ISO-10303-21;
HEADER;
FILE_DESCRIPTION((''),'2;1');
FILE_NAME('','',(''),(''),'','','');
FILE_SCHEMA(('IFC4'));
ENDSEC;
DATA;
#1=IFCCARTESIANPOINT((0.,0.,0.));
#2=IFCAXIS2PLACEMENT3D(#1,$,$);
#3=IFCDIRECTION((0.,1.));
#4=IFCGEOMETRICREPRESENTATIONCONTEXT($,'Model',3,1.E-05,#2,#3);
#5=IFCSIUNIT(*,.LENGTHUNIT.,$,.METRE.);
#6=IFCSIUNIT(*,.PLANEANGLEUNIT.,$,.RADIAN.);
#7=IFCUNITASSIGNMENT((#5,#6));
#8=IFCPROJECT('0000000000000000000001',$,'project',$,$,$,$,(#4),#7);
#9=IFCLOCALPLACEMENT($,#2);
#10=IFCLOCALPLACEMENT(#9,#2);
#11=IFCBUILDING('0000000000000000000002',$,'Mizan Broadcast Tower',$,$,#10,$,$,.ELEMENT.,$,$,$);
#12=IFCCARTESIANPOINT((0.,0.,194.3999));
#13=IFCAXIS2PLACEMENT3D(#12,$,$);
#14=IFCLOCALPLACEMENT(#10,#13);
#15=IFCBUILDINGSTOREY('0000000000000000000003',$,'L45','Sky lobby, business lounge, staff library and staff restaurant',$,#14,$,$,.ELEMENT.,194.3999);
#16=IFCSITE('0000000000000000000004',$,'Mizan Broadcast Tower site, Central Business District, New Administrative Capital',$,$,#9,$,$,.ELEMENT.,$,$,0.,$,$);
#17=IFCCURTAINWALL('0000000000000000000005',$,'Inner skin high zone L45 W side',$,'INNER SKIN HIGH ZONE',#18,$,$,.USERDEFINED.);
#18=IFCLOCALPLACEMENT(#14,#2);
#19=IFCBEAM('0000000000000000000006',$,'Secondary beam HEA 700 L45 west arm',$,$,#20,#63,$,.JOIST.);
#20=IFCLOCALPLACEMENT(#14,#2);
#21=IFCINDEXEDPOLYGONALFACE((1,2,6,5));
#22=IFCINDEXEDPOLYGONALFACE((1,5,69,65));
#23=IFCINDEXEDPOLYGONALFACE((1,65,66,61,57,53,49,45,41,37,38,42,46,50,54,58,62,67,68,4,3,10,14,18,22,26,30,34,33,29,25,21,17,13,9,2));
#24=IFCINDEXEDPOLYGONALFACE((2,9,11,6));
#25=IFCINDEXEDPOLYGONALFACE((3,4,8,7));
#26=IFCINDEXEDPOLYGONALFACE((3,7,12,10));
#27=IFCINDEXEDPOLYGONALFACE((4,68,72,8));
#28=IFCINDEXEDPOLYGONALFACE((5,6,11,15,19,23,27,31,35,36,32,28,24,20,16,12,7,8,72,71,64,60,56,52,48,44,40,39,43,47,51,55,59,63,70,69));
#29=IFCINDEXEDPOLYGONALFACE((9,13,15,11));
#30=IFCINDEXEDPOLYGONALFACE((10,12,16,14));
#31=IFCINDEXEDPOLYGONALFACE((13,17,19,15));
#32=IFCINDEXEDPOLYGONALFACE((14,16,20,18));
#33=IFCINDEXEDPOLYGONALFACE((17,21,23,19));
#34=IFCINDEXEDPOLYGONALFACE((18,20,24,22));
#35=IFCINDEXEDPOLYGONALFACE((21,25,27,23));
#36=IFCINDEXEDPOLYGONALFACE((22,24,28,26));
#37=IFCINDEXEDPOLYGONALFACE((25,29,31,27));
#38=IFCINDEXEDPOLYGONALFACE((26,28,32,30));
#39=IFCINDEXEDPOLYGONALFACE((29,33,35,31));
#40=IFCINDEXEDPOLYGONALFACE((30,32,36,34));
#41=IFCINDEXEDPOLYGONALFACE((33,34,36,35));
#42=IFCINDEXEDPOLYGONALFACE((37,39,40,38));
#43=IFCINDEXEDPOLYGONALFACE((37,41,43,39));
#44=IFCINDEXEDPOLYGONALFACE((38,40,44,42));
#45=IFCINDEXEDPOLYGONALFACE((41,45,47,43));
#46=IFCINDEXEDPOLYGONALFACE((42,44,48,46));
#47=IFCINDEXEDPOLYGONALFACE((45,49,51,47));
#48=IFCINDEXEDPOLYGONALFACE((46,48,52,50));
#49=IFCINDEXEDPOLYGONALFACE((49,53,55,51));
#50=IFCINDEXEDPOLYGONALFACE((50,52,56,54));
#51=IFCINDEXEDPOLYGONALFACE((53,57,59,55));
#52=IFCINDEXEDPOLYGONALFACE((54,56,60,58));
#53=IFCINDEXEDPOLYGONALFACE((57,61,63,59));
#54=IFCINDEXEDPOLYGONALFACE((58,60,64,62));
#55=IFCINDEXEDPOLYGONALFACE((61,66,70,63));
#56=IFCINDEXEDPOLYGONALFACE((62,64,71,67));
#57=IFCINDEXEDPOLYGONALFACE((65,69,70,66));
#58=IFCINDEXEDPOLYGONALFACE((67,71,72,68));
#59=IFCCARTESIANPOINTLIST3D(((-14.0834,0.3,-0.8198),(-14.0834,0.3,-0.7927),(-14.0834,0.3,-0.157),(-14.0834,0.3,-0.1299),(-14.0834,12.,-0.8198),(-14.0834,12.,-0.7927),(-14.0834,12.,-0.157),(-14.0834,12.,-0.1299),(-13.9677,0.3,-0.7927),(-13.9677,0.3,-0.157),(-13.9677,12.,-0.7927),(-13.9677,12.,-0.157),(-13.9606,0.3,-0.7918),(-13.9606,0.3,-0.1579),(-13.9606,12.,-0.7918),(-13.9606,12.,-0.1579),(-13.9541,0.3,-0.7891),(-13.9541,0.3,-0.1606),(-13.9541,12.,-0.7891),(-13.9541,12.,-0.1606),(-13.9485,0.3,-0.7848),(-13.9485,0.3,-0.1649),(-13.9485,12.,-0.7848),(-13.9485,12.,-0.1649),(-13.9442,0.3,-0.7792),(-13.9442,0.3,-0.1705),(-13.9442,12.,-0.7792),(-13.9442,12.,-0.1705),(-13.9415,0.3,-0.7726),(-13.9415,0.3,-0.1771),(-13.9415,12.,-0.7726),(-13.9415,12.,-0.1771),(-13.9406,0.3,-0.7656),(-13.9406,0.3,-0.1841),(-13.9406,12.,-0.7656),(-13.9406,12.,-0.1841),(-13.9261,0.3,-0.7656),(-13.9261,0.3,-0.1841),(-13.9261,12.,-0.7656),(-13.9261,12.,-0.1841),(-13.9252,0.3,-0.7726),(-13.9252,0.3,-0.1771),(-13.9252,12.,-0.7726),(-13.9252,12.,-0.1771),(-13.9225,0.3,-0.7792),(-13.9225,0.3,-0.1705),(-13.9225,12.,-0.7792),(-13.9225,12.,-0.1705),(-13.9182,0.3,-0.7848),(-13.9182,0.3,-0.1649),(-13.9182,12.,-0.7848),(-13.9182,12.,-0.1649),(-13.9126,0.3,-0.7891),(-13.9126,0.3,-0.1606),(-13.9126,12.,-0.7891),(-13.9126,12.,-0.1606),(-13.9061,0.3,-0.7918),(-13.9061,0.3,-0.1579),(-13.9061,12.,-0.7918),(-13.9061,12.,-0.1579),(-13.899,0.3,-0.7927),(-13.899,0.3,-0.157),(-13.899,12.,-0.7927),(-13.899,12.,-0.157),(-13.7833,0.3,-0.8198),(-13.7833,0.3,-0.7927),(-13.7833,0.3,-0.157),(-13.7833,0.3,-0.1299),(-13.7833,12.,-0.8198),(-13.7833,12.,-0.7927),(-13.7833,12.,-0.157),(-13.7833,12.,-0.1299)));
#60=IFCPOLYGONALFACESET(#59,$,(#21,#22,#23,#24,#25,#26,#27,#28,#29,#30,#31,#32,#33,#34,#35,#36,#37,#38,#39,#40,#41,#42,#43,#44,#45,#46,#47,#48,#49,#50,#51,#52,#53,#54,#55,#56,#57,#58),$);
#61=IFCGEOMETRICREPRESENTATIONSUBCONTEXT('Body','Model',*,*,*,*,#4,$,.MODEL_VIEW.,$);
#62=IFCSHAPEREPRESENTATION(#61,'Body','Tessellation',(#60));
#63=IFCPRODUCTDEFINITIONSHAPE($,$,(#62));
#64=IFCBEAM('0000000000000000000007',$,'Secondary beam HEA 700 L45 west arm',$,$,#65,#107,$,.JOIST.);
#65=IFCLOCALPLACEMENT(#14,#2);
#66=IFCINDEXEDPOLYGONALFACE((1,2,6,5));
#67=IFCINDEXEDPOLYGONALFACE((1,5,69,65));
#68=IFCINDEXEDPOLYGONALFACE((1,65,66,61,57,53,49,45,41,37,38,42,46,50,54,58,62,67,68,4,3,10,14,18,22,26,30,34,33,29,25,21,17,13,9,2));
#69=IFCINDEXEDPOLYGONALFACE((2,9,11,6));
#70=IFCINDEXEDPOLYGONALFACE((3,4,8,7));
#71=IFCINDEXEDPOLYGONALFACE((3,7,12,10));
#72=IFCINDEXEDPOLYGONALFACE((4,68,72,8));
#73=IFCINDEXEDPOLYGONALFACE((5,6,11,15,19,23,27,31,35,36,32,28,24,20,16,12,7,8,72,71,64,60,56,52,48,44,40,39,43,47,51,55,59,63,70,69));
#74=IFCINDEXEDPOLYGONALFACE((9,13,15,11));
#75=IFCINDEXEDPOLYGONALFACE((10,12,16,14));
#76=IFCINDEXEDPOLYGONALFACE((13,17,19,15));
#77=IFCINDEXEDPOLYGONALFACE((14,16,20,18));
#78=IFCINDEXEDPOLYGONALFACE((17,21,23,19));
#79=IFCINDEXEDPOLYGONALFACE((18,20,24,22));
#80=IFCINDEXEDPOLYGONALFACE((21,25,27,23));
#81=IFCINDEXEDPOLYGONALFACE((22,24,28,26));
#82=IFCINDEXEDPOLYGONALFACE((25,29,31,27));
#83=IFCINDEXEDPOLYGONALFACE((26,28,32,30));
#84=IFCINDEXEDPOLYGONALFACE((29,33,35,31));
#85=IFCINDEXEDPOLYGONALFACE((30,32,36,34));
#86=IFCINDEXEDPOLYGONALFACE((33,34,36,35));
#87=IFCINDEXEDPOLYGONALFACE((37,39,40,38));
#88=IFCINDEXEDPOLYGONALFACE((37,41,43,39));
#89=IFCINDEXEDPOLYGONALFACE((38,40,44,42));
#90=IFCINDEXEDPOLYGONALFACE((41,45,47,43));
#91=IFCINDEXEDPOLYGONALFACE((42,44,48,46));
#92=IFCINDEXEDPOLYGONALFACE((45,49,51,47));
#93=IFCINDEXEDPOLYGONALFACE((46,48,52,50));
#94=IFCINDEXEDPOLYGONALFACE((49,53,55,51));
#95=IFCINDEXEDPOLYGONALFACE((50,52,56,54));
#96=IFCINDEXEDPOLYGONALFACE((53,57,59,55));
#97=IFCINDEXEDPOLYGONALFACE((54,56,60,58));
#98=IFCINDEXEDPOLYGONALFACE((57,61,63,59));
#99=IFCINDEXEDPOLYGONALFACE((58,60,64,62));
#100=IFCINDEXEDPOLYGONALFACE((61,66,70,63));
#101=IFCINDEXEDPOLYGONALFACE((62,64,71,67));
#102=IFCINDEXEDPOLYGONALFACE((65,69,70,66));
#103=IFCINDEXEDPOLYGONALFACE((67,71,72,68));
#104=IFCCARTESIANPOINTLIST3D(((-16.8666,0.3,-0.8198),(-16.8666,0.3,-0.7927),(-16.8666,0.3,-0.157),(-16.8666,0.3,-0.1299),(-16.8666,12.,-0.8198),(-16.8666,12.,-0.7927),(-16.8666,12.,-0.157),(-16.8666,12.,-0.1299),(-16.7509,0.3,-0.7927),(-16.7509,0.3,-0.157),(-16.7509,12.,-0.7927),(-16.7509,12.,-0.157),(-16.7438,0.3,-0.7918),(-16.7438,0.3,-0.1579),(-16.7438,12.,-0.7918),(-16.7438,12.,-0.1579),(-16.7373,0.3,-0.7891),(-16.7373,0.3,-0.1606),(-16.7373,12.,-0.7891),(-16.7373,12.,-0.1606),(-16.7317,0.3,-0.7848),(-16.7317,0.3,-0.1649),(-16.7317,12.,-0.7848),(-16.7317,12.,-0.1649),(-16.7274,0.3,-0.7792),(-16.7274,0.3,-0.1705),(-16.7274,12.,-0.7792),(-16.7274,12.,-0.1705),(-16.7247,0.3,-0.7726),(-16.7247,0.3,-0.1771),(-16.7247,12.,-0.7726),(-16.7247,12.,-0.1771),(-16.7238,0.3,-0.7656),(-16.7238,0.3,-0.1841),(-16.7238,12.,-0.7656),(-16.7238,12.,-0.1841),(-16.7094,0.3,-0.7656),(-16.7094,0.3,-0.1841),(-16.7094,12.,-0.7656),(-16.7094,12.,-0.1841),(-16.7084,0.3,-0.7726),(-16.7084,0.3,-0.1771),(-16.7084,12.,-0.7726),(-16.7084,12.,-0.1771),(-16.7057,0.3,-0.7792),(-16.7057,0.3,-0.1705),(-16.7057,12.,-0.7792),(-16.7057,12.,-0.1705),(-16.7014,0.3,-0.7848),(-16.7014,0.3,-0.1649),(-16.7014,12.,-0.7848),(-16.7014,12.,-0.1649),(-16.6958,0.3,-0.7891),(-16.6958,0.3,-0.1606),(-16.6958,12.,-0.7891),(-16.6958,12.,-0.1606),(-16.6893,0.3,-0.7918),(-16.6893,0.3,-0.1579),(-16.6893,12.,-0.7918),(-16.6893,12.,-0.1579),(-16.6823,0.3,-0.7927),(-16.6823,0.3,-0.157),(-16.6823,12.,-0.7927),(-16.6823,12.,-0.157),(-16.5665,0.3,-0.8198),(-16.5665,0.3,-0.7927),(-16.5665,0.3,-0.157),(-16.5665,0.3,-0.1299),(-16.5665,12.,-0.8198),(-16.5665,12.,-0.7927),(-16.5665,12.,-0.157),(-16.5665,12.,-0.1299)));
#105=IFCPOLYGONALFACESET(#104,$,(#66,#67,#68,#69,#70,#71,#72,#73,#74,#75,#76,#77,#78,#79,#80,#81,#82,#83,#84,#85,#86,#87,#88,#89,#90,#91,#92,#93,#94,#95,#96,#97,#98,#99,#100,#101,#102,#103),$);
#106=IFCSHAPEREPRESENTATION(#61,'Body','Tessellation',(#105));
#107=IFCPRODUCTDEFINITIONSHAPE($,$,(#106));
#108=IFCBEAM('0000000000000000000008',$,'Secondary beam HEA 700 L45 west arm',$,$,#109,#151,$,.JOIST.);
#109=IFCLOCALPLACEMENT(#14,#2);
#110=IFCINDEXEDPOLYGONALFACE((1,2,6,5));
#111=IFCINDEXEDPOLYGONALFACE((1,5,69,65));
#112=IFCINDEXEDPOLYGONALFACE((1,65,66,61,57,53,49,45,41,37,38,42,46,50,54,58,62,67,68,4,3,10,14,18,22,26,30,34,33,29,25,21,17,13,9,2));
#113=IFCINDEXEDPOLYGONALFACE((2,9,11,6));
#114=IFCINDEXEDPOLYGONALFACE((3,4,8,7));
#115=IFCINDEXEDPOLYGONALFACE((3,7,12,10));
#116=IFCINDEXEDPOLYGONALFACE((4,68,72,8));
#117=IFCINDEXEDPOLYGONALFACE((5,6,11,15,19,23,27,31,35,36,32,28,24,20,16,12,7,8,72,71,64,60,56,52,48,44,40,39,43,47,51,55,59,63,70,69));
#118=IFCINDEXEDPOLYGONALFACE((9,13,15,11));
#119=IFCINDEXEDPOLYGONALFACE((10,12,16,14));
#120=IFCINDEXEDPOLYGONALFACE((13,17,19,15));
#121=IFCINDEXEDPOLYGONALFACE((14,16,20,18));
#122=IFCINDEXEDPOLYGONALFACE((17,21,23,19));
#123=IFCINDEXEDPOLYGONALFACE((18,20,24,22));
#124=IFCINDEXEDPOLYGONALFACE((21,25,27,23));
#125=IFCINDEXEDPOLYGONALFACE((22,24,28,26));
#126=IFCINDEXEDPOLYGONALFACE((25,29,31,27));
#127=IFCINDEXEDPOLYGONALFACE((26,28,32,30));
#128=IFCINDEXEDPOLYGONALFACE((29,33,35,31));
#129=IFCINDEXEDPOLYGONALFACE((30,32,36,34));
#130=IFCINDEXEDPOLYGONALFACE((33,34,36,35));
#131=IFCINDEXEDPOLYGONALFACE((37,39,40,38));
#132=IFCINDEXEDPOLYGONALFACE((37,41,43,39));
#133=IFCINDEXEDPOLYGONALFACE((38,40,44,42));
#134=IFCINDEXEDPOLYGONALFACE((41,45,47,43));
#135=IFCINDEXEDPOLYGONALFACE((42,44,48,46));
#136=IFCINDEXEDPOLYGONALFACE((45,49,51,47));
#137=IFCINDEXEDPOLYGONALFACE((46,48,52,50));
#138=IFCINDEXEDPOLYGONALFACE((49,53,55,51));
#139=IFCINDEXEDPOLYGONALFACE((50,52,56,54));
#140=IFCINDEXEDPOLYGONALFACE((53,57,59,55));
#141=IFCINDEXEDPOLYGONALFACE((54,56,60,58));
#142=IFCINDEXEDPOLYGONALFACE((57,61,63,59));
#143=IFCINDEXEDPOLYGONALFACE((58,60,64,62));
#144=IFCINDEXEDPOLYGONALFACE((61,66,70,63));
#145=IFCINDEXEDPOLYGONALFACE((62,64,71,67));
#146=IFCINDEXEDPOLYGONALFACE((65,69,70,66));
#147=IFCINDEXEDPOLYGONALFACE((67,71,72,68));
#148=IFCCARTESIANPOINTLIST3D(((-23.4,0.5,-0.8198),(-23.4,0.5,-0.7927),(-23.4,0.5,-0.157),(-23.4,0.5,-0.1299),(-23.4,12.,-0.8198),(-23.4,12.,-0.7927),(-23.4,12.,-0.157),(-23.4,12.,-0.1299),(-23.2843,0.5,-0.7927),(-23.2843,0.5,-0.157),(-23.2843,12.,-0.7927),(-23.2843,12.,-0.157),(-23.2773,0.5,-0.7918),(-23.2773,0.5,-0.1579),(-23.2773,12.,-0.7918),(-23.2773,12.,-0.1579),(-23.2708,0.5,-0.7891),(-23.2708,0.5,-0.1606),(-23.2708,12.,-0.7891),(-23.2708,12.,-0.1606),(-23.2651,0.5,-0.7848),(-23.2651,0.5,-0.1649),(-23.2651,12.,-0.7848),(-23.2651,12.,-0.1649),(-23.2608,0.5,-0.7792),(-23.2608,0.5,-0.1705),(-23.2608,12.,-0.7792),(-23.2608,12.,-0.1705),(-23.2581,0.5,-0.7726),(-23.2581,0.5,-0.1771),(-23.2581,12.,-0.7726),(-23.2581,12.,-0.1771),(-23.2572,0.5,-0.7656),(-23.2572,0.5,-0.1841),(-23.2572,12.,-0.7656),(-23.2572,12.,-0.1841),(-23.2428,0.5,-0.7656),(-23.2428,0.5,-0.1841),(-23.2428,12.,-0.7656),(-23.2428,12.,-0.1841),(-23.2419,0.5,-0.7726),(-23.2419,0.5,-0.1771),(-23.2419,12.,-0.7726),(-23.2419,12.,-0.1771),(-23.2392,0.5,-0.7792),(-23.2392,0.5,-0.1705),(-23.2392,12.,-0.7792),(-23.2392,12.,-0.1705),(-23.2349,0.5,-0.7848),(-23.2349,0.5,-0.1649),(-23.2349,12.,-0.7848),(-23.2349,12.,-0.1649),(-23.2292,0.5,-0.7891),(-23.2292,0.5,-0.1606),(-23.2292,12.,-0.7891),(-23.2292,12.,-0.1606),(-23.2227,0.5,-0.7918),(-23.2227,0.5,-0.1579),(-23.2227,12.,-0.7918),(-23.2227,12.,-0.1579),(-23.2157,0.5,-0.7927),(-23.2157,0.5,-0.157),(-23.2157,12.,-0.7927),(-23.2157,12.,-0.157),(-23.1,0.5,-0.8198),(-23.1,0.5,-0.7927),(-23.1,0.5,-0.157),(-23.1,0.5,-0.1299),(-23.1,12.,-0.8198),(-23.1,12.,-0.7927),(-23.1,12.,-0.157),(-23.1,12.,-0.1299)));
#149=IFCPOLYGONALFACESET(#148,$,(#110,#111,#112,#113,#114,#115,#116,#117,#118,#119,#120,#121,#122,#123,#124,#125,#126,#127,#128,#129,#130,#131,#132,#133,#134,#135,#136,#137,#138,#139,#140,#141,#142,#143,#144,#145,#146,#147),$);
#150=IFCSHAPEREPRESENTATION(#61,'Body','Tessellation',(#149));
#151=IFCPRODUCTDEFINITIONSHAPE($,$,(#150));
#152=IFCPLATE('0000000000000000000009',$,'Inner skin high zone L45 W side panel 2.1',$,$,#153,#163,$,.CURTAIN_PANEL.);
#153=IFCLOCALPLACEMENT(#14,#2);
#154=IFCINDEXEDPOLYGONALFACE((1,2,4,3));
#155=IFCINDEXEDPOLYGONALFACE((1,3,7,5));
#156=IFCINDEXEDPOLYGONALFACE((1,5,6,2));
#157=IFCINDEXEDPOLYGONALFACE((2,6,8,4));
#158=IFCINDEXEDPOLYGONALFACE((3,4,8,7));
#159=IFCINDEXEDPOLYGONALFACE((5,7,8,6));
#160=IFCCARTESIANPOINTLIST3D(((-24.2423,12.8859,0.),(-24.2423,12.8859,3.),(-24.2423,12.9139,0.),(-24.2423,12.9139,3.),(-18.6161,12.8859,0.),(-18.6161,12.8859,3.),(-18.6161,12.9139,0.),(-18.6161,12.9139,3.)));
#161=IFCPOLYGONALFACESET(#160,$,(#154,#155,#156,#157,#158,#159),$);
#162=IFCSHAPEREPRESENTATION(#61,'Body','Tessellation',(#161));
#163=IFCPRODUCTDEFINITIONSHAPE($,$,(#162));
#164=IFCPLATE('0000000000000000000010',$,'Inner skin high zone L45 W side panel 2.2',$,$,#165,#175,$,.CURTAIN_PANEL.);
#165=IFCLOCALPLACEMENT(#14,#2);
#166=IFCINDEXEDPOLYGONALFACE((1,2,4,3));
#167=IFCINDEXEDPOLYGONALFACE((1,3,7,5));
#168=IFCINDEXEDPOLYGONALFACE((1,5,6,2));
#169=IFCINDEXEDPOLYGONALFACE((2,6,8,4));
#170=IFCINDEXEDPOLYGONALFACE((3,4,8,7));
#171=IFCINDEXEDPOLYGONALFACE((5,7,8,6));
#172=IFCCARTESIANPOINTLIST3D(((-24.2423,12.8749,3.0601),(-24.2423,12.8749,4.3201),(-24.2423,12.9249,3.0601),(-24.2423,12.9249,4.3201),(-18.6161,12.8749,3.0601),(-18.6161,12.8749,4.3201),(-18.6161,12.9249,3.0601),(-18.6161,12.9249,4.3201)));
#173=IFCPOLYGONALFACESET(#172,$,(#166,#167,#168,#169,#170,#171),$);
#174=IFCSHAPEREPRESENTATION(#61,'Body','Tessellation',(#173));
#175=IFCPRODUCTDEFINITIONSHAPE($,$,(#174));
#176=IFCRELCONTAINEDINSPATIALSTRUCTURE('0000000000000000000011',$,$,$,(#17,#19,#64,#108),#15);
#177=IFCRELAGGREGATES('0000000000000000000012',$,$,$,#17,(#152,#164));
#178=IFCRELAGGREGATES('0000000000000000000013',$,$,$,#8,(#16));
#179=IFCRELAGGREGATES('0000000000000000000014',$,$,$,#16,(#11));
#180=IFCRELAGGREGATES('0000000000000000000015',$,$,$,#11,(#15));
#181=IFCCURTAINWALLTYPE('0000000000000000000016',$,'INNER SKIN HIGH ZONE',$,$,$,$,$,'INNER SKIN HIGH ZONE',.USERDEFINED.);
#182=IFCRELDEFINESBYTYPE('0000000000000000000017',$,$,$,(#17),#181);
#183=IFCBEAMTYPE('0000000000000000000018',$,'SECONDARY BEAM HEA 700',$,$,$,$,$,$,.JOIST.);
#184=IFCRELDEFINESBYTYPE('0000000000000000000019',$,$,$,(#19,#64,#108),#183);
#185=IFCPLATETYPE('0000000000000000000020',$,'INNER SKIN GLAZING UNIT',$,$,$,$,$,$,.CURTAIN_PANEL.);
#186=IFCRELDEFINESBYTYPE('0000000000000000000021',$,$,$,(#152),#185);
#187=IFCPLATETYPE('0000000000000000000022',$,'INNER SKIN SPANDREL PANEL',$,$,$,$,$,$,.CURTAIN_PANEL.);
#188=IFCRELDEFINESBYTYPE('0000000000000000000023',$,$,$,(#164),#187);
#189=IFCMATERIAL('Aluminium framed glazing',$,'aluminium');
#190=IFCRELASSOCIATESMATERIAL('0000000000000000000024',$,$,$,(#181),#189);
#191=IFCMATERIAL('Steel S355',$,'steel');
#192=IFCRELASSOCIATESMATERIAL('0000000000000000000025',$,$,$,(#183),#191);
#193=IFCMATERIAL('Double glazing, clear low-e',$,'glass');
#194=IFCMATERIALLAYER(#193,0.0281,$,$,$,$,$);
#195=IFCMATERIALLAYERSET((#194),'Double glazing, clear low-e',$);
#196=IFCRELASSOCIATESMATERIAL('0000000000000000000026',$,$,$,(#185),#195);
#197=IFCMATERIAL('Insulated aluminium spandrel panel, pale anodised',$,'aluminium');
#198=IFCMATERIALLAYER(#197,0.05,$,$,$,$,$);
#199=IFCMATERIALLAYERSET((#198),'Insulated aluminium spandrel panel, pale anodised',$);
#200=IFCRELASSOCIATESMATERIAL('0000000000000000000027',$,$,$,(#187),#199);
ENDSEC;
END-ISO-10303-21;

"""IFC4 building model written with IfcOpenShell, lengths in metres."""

from ifc_helpers import new_model, si_unit, direction, frame, origin, origin_2d, place, context, subcontext, project, spatial, rectangle, i_section, extrude, material, layer, layer_set, material_profile, profile_set, type_object, element, aggregate, save


model = new_model("IFC4")

# Units and contexts
model_context = context("Model", 3, precision=1e-05, world=origin(), true_north=direction((0.0, 1.0)))
body_context = subcontext(model_context, "Body", "Model", "MODEL_VIEW")
ifc_project = project(units=[si_unit("LENGTHUNIT", "METRE"), si_unit("PLANEANGLEUNIT", "RADIAN")], contexts=[model_context])

# Site, building, storey
site_placement = place(None, origin())
site = spatial("IfcSite", under=ifc_project, at=site_placement, Name="Mizan Broadcast Tower site, Central Business District, New Administrative Capital", CompositionType="ELEMENT", RefElevation=0.0)
building_placement = place(site_placement, origin())
building = spatial("IfcBuilding", under=site, at=building_placement, Name="Mizan Broadcast Tower", CompositionType="ELEMENT")
storey_placement = place(building_placement, frame((0.0, 0.0, 194.3999)))
storey = spatial("IfcBuildingStorey", under=building, at=storey_placement, Name="L45", Description="Sky lobby, business lounge, staff library and staff restaurant", CompositionType="ELEMENT", Elevation=194.3999)

# Curtain wall
ifc_material_1 = material(Name="Aluminium framed glazing", Category="aluminium")
curtain_wall_type = type_object("IfcCurtainWallType", Name="INNER SKIN HIGH ZONE", ElementType="INNER SKIN HIGH ZONE", PredefinedType="USERDEFINED", material=ifc_material_1)
curtain_wall_placement = place(storey_placement, origin())
curtain_wall = element("IfcCurtainWall", 1, at=curtain_wall_placement, inside=storey, type_object=curtain_wall_type, Name="Inner skin high zone L45 W side", ObjectType="INNER SKIN HIGH ZONE", PredefinedType="USERDEFINED")

# Beams
ifc_material_2 = material(Name="Steel S355", Category="steel")
ifc_material_profile_1 = material_profile(ifc_material_2, i_section(OverallWidth=0.3, OverallDepth=0.6899, WebThickness=0.0144, FlangeThickness=0.0271, FilletRadius=0.0271, at=origin_2d()), Name="HEA 700")
ifc_profile_set_1 = profile_set([ifc_material_profile_1], Name="Steel S355")
beam_type_1 = type_object("IfcBeamType", Name="SECONDARY BEAM HEA 700", PredefinedType="JOIST", material=ifc_profile_set_1)
for number, where, z_axis, x_axis, name in (
    (2, (-13.9333, 12.0, -0.4749), (0.0, -1.0, 0.0), (1.0, 0.0, 0.0), "Secondary beam HEA 700 L45 west arm"),
    (3, (-16.7166, 12.0, -0.4749), (0.0, -1.0, 0.0), (1.0, 0.0, 0.0), "Secondary beam HEA 700 L45 west arm"),
):
    element("IfcBeam", number, at=place(storey_placement, frame(where, z_axis=z_axis, x_axis=x_axis)), inside=storey, type_object=beam_type_1, Name=name, PredefinedType="JOIST", context=body_context, shape_type="SweptSolid", body=[
        extrude(i_section(OverallWidth=0.3, OverallDepth=0.6899, WebThickness=0.0144, FlangeThickness=0.0271, FilletRadius=0.0271, at=origin_2d()), origin(), (0.0, 0.0, 1.0), 11.7),
    ])
beam_1_placement = place(storey_placement, frame((-23.25, 12.0, -0.4749), z_axis=(0.0, -1.0, 0.0), x_axis=(1.0, 0.0, 0.0)))
element("IfcBeam", 4, at=beam_1_placement, inside=storey, type_object=beam_type_1, Name="Secondary beam HEA 700 L45 west arm", PredefinedType="JOIST", context=body_context, shape_type="SweptSolid", body=[
    extrude(i_section(OverallWidth=0.3, OverallDepth=0.6899, WebThickness=0.0144, FlangeThickness=0.0271, FilletRadius=0.0271, at=origin_2d()), origin(), (0.0, 0.0, 1.0), 11.5),
])

# Plates
ifc_material_3 = material(Name="Double glazing, clear low-e", Category="glass")
ifc_layer_1 = layer(ifc_material_3, 0.0281)
ifc_layer_set_1 = layer_set([ifc_layer_1], Name="Double glazing, clear low-e")
plate_type_1 = type_object("IfcPlateType", Name="INNER SKIN GLAZING UNIT", PredefinedType="CURTAIN_PANEL", material=ifc_layer_set_1)
plate_1_placement = place(storey_placement, frame((-21.4292, 12.8999, 0.0), z_axis=(0.0, 0.0, 1.0), x_axis=(-1.0, 0.0, 0.0)))
plate_1 = element("IfcPlate", 5, at=plate_1_placement, type_object=plate_type_1, Name="Inner skin high zone L45 W side panel 2.1", PredefinedType="CURTAIN_PANEL", context=body_context, shape_type="SweptSolid", body=[
    extrude(rectangle(XDim=5.6262, YDim=0.0281, at=origin_2d()), origin(), (0.0, 0.0, 1.0), 3.0),
])
ifc_material_4 = material(Name="Insulated aluminium spandrel panel, pale anodised", Category="aluminium")
ifc_layer_2 = layer(ifc_material_4, 0.05)
ifc_layer_set_2 = layer_set([ifc_layer_2], Name="Insulated aluminium spandrel panel, pale anodised")
plate_type_2 = type_object("IfcPlateType", Name="INNER SKIN SPANDREL PANEL", PredefinedType="CURTAIN_PANEL", material=ifc_layer_set_2)
plate_2_placement = place(storey_placement, frame((-21.4292, 12.8999, 3.0601), z_axis=(0.0, 0.0, 1.0), x_axis=(-1.0, 0.0, 0.0)))
plate_2 = element("IfcPlate", 6, at=plate_2_placement, type_object=plate_type_2, Name="Inner skin high zone L45 W side panel 2.2", PredefinedType="CURTAIN_PANEL", context=body_context, shape_type="SweptSolid", body=[
    extrude(rectangle(XDim=5.6262, YDim=0.05, at=origin_2d()), origin(), (0.0, 0.0, 1.0), 1.26),
])
aggregate(curtain_wall, [plate_1, plate_2])

save(model, "model.ifc")
